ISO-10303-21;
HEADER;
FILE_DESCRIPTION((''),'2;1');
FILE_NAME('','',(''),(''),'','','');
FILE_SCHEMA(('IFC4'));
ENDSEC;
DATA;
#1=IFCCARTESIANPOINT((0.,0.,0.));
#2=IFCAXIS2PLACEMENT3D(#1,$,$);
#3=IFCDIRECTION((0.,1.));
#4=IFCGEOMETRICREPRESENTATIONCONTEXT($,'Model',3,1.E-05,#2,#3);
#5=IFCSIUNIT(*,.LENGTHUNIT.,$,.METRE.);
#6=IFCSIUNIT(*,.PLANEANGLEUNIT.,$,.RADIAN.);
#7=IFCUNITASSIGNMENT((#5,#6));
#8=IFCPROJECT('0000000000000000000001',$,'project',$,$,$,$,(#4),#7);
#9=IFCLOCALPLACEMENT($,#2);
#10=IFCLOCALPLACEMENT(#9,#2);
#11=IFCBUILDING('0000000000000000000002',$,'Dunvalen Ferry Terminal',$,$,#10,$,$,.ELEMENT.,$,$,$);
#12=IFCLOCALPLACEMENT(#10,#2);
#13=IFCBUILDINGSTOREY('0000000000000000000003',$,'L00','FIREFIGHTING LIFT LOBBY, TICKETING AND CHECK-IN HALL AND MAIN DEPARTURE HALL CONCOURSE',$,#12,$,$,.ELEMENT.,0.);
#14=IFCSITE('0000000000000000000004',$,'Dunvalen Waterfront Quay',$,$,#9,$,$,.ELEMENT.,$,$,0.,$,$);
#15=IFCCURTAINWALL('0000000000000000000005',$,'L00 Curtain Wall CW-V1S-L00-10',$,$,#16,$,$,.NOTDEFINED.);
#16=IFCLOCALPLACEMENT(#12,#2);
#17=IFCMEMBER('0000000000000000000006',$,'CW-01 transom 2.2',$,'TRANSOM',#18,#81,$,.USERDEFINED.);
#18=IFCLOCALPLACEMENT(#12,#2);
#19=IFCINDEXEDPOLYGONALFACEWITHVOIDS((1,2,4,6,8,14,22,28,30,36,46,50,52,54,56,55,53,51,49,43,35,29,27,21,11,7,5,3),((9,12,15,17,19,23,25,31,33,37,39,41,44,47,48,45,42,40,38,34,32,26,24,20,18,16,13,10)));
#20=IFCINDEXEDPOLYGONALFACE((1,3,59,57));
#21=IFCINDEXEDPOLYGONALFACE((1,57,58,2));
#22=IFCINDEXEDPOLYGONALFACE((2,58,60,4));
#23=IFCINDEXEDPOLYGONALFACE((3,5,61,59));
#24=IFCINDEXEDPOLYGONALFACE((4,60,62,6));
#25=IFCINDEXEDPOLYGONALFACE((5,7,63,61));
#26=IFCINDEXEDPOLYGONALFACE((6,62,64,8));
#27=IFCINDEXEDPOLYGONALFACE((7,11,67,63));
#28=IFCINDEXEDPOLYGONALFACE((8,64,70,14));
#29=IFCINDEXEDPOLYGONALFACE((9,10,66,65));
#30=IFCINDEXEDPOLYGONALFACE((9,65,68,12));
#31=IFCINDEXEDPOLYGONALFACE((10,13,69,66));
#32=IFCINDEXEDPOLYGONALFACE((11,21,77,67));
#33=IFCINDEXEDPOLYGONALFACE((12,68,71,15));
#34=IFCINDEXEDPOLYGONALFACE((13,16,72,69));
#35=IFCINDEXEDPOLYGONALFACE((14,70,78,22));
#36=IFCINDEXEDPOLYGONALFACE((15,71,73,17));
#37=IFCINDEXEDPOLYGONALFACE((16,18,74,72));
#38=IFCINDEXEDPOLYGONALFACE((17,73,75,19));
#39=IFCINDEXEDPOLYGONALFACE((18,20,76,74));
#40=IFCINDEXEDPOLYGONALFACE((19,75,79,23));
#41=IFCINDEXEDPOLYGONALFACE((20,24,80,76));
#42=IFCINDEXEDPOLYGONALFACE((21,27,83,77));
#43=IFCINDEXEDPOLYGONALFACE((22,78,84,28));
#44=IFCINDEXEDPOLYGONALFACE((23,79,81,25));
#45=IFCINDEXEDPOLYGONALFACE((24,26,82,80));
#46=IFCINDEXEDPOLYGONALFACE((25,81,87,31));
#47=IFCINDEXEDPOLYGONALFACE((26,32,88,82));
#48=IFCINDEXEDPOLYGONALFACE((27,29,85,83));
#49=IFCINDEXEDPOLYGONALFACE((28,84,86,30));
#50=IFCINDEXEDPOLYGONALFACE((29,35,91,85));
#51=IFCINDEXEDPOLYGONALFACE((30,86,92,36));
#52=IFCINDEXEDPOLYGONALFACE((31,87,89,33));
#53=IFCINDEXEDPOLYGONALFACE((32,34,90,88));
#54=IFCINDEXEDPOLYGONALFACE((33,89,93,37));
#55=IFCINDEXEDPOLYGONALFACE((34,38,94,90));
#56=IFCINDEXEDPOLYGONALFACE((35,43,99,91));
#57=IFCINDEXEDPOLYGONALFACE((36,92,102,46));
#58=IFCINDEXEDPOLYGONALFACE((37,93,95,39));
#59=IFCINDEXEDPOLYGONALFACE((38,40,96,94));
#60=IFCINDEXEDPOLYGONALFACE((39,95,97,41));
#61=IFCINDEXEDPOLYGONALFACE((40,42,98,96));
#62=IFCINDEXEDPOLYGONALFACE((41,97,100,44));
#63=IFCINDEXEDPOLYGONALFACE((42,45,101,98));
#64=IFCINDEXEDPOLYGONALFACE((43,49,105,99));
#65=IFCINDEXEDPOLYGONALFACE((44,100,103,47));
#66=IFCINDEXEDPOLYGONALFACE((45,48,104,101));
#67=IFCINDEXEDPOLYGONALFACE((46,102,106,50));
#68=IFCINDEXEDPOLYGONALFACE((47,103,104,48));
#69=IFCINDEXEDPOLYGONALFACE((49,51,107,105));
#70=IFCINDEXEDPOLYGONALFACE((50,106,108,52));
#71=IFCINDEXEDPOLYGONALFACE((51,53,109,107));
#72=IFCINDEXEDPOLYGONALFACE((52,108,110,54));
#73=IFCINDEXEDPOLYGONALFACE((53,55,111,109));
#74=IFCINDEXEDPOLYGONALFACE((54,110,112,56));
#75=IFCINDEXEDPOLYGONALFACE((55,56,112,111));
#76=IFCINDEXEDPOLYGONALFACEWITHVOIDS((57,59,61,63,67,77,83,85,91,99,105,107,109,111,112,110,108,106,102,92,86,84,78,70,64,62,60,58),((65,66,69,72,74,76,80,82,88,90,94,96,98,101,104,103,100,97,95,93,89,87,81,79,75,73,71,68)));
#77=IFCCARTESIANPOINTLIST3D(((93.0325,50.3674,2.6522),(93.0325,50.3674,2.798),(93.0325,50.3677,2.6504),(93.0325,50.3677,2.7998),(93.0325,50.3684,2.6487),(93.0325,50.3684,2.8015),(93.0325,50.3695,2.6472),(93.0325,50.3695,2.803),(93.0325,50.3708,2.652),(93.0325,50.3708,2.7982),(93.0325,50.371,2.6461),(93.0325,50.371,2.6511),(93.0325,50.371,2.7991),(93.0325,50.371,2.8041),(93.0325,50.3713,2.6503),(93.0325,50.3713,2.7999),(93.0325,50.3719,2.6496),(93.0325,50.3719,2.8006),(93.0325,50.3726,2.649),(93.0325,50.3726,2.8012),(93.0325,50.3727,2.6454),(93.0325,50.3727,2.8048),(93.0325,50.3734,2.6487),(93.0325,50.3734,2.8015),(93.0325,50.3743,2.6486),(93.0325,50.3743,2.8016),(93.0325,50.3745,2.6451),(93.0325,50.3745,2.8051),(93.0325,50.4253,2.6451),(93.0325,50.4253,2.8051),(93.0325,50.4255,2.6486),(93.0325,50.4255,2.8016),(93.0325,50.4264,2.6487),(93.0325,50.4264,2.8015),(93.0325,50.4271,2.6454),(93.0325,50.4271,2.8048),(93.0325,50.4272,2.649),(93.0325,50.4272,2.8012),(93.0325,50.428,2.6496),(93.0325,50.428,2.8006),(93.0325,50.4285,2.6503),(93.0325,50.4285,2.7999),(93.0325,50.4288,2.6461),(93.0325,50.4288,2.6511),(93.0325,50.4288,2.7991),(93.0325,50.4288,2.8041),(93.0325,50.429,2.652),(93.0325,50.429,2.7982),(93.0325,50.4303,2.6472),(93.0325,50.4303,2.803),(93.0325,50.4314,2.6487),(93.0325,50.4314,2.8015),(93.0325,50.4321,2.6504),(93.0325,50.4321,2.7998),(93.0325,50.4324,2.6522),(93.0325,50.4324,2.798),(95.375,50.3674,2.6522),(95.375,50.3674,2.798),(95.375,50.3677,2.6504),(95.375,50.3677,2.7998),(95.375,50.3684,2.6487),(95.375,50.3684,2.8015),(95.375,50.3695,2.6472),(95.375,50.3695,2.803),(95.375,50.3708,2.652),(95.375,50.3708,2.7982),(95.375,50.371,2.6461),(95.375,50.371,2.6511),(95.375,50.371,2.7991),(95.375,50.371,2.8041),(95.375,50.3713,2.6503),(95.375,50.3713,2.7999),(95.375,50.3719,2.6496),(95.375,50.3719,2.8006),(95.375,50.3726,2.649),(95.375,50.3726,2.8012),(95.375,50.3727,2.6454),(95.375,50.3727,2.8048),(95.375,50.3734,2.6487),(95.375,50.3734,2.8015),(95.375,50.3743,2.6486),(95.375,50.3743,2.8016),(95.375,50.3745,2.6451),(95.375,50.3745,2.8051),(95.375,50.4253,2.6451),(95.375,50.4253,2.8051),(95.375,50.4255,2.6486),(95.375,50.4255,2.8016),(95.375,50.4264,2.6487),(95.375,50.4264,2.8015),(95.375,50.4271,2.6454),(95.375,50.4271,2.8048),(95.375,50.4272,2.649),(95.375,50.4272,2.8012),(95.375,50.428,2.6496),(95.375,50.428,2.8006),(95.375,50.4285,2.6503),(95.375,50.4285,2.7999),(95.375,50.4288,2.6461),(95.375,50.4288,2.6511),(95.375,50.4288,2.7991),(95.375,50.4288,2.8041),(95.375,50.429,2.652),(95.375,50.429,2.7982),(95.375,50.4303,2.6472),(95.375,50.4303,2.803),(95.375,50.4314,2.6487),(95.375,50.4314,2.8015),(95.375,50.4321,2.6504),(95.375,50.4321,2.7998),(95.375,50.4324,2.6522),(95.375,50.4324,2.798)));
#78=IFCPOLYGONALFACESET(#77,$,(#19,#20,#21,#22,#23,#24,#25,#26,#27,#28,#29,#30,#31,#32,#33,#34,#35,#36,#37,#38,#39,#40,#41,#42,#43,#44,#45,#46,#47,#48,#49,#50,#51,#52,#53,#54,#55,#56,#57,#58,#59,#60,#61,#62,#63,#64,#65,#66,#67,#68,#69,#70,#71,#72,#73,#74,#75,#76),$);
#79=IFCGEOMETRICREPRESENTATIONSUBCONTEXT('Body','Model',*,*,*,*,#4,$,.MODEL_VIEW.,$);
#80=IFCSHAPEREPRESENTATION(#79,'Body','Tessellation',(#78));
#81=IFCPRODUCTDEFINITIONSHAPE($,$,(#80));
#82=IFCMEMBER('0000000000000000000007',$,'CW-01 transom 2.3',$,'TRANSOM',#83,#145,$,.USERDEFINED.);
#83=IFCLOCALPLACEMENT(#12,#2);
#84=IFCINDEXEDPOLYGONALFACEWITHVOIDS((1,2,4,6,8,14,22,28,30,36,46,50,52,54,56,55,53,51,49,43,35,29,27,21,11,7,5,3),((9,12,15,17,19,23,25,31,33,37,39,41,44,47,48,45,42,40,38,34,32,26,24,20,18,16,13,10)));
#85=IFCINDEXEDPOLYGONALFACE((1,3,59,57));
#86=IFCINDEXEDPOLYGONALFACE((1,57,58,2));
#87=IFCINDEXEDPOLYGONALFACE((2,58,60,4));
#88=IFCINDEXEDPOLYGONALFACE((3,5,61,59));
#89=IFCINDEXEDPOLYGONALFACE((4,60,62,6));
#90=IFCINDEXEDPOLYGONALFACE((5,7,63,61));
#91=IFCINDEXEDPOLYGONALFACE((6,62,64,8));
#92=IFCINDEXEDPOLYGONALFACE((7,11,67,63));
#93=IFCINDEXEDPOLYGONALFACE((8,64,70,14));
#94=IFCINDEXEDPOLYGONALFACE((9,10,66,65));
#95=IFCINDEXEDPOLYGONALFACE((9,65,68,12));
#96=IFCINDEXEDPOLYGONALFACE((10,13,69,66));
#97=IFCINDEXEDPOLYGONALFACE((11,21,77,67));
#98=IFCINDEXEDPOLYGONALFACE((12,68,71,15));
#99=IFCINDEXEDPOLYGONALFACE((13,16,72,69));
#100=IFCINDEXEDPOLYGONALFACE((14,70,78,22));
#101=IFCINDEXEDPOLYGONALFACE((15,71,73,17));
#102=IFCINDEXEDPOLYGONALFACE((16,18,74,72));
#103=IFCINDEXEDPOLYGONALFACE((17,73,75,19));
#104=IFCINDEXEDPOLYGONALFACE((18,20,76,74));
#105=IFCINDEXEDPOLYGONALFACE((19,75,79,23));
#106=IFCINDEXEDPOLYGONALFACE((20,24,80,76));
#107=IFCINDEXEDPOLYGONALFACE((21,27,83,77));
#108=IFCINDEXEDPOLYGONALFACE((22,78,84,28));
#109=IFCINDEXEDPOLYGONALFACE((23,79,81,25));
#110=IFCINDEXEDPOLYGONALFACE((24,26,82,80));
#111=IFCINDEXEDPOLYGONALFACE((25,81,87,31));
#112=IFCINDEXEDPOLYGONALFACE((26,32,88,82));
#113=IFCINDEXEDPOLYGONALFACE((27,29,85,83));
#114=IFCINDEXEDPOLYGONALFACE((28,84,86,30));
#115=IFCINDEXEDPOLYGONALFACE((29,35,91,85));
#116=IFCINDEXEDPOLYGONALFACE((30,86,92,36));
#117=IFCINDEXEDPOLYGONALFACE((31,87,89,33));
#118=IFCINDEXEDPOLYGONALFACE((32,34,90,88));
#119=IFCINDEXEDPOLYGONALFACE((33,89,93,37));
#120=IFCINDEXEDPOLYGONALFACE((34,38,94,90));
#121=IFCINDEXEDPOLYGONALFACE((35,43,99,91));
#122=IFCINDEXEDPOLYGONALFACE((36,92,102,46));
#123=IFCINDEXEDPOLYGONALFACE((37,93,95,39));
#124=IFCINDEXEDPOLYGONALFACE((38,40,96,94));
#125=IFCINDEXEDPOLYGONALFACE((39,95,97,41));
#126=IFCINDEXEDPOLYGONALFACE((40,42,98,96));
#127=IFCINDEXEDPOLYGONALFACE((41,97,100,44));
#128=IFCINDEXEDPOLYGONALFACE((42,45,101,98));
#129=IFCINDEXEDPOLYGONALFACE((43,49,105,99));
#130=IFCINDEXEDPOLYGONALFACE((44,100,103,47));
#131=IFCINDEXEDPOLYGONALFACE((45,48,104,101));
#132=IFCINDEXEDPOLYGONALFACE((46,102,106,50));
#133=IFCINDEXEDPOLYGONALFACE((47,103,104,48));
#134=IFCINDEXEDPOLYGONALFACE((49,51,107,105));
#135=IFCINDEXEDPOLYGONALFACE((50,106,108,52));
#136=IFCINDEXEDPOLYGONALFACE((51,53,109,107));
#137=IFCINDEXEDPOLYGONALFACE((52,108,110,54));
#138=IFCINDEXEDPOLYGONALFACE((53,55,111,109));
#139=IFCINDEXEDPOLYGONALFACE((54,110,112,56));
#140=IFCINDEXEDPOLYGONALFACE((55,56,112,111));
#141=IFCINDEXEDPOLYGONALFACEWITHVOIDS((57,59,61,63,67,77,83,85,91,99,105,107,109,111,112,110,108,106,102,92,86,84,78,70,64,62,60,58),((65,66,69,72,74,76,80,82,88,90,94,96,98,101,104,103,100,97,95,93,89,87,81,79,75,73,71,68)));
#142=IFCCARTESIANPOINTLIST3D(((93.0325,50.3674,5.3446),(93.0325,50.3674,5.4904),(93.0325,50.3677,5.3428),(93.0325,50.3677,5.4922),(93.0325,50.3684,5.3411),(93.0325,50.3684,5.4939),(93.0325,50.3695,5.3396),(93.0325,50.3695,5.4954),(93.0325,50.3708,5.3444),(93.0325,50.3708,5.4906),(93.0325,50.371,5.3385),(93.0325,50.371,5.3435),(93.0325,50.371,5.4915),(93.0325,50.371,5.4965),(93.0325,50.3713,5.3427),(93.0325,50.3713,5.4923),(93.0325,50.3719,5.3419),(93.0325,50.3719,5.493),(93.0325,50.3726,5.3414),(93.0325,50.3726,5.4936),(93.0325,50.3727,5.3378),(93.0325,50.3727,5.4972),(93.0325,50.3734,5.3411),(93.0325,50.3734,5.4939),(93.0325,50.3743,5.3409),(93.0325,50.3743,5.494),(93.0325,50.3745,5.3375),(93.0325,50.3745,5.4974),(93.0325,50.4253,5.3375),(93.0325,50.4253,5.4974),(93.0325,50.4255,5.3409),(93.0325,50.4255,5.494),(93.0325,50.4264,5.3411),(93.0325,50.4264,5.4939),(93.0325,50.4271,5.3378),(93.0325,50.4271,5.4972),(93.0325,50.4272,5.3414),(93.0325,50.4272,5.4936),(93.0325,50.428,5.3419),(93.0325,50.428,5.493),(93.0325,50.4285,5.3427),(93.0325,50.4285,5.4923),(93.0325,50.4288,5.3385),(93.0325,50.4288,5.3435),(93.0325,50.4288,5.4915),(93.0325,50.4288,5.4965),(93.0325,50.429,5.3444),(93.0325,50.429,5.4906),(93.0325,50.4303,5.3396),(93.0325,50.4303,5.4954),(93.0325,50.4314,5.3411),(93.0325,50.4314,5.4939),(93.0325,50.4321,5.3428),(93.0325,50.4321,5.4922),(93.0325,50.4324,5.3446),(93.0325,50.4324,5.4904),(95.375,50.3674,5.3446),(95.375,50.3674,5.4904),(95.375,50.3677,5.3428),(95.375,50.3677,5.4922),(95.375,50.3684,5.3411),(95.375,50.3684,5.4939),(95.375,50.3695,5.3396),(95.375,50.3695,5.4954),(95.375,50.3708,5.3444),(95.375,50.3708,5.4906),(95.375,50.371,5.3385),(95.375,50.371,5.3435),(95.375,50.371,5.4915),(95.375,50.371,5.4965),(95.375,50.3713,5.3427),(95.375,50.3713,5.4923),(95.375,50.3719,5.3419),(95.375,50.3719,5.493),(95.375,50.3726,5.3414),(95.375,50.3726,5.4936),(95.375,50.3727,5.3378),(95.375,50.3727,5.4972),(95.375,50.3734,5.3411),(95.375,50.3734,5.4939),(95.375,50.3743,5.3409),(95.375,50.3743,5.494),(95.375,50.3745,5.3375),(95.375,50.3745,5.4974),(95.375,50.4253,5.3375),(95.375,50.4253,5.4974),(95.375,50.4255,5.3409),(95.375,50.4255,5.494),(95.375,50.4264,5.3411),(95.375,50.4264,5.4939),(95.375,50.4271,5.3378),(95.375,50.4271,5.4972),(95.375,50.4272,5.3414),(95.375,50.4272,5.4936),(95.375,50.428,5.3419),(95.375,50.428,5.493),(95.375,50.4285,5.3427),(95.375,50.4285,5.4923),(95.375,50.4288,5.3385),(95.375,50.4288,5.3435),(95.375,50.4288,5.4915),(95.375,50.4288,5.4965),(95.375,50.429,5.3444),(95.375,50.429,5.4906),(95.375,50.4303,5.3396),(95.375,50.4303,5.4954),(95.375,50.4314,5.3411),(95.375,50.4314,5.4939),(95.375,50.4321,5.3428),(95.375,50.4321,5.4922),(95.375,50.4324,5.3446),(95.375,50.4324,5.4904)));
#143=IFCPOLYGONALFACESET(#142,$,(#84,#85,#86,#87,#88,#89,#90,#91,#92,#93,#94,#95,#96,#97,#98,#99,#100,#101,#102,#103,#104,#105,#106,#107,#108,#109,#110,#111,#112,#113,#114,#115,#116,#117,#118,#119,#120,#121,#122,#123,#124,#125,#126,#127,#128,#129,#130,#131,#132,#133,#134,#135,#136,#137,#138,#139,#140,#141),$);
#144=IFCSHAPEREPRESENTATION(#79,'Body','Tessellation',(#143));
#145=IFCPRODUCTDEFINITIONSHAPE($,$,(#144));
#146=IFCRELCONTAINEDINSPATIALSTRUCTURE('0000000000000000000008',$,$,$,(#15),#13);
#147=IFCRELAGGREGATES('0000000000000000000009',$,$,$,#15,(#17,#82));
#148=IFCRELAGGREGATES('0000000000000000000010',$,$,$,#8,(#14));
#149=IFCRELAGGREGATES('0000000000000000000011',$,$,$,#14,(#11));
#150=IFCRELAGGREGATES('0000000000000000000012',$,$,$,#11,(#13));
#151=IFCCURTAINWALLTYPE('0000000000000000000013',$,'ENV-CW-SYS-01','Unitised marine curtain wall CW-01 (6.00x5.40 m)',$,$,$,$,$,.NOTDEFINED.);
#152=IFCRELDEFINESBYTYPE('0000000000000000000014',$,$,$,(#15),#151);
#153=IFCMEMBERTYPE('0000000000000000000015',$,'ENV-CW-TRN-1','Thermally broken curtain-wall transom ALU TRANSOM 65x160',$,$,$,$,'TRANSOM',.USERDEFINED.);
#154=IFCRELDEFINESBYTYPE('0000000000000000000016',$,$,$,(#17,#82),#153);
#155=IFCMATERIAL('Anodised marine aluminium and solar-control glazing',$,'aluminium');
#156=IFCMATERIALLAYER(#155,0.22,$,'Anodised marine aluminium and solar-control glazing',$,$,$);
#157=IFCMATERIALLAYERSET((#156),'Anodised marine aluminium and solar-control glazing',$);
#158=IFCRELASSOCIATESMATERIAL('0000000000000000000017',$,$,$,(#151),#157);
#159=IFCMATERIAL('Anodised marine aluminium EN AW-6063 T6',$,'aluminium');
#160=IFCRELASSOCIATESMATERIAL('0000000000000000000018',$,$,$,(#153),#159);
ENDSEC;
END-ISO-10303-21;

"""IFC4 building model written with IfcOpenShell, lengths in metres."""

from ifc_helpers import new_model, si_unit, direction, frame, origin, origin_2d, place, context, subcontext, project, spatial, hollow_rectangle, extrude, material, layer, layer_set, material_profile, profile_set, type_object, element, aggregate, save


model = new_model("IFC4")

# Units and contexts
model_context = context("Model", 3, precision=1e-05, world=origin(), true_north=direction((0.0, 1.0)))
body_context = subcontext(model_context, "Body", "Model", "MODEL_VIEW")
ifc_project = project(units=[si_unit("LENGTHUNIT", "METRE"), si_unit("PLANEANGLEUNIT", "RADIAN")], contexts=[model_context])

# Site, building, storey
site_placement = place(None, origin())
site = spatial("IfcSite", under=ifc_project, at=site_placement, Name="Dunvalen Waterfront Quay", CompositionType="ELEMENT", RefElevation=0.0)
building_placement = place(site_placement, origin())
building = spatial("IfcBuilding", under=site, at=building_placement, Name="Dunvalen Ferry Terminal", CompositionType="ELEMENT")
storey_placement = place(building_placement, origin())
storey = spatial("IfcBuildingStorey", under=building, at=storey_placement, Name="L00", Description="FIREFIGHTING LIFT LOBBY, TICKETING AND CHECK-IN HALL AND MAIN DEPARTURE HALL CONCOURSE", CompositionType="ELEMENT", Elevation=0.0)

# Curtain wall
ifc_material_1 = material(Name="Anodised marine aluminium and solar-control glazing", Category="aluminium")
ifc_layer_1 = layer(ifc_material_1, 0.22, Name="Anodised marine aluminium and solar-control glazing")
ifc_layer_set_1 = layer_set([ifc_layer_1], Name="Anodised marine aluminium and solar-control glazing")
curtain_wall_type_1 = type_object("IfcCurtainWallType", Name="ENV-CW-SYS-01", Description="Unitised marine curtain wall CW-01 (6.00x5.40 m)", PredefinedType="NOTDEFINED", material=ifc_layer_set_1)
curtain_wall_1_placement = place(storey_placement, origin())
curtain_wall_1 = element("IfcCurtainWall", 1, at=curtain_wall_1_placement, inside=storey, type_object=curtain_wall_type_1, Name="L00 Curtain Wall CW-V1S-L00-10", PredefinedType="NOTDEFINED")
ifc_material_2 = material(Name="Anodised marine aluminium EN AW-6063 T6", Category="aluminium")

# Members
ifc_material_profile_1 = material_profile(ifc_material_2, hollow_rectangle(XDim=0.0649, YDim=0.1599, WallThickness=0.0034, InnerFilletRadius=0.0034, OuterFilletRadius=0.0071, at=origin_2d()), Name="Anodised marine aluminium EN AW-6063 T6")
ifc_profile_set_1 = profile_set([ifc_material_profile_1], Name="Anodised marine aluminium EN AW-6063 T6")
member_type_1 = type_object("IfcMemberType", Name="ENV-CW-TRN-1", Description="Thermally broken curtain-wall transom ALU TRANSOM 65x160", ElementType="TRANSOM", PredefinedType="USERDEFINED", material=ifc_profile_set_1)
member_1_placement = place(storey_placement, frame((93.0325, 50.3999, 2.7251), z_axis=(1.0, 0.0, 0.0), x_axis=(0.0, 1.0, 0.0)))
member_1 = element("IfcMember", 2, at=member_1_placement, type_object=member_type_1, Name="CW-01 transom 2.2", ObjectType="TRANSOM", PredefinedType="USERDEFINED", context=body_context, shape_type="SweptSolid", body=[
    extrude(hollow_rectangle(XDim=0.0649, YDim=0.1599, WallThickness=0.0034, InnerFilletRadius=0.0034, OuterFilletRadius=0.0071, at=origin_2d()), origin(), (0.0, 0.0, 1.0), 2.3425),
])
member_2_placement = place(storey_placement, frame((93.0325, 50.3999, 5.4175), z_axis=(1.0, 0.0, 0.0), x_axis=(0.0, 1.0, 0.0)))
member_2 = element("IfcMember", 3, at=member_2_placement, type_object=member_type_1, Name="CW-01 transom 2.3", ObjectType="TRANSOM", PredefinedType="USERDEFINED", context=body_context, shape_type="SweptSolid", body=[
    extrude(hollow_rectangle(XDim=0.0649, YDim=0.1599, WallThickness=0.0034, InnerFilletRadius=0.0034, OuterFilletRadius=0.0071, at=origin_2d()), origin(), (0.0, 0.0, 1.0), 2.3425),
])

aggregate(curtain_wall_1, [member_1, member_2])

save(model, "model.ifc")
